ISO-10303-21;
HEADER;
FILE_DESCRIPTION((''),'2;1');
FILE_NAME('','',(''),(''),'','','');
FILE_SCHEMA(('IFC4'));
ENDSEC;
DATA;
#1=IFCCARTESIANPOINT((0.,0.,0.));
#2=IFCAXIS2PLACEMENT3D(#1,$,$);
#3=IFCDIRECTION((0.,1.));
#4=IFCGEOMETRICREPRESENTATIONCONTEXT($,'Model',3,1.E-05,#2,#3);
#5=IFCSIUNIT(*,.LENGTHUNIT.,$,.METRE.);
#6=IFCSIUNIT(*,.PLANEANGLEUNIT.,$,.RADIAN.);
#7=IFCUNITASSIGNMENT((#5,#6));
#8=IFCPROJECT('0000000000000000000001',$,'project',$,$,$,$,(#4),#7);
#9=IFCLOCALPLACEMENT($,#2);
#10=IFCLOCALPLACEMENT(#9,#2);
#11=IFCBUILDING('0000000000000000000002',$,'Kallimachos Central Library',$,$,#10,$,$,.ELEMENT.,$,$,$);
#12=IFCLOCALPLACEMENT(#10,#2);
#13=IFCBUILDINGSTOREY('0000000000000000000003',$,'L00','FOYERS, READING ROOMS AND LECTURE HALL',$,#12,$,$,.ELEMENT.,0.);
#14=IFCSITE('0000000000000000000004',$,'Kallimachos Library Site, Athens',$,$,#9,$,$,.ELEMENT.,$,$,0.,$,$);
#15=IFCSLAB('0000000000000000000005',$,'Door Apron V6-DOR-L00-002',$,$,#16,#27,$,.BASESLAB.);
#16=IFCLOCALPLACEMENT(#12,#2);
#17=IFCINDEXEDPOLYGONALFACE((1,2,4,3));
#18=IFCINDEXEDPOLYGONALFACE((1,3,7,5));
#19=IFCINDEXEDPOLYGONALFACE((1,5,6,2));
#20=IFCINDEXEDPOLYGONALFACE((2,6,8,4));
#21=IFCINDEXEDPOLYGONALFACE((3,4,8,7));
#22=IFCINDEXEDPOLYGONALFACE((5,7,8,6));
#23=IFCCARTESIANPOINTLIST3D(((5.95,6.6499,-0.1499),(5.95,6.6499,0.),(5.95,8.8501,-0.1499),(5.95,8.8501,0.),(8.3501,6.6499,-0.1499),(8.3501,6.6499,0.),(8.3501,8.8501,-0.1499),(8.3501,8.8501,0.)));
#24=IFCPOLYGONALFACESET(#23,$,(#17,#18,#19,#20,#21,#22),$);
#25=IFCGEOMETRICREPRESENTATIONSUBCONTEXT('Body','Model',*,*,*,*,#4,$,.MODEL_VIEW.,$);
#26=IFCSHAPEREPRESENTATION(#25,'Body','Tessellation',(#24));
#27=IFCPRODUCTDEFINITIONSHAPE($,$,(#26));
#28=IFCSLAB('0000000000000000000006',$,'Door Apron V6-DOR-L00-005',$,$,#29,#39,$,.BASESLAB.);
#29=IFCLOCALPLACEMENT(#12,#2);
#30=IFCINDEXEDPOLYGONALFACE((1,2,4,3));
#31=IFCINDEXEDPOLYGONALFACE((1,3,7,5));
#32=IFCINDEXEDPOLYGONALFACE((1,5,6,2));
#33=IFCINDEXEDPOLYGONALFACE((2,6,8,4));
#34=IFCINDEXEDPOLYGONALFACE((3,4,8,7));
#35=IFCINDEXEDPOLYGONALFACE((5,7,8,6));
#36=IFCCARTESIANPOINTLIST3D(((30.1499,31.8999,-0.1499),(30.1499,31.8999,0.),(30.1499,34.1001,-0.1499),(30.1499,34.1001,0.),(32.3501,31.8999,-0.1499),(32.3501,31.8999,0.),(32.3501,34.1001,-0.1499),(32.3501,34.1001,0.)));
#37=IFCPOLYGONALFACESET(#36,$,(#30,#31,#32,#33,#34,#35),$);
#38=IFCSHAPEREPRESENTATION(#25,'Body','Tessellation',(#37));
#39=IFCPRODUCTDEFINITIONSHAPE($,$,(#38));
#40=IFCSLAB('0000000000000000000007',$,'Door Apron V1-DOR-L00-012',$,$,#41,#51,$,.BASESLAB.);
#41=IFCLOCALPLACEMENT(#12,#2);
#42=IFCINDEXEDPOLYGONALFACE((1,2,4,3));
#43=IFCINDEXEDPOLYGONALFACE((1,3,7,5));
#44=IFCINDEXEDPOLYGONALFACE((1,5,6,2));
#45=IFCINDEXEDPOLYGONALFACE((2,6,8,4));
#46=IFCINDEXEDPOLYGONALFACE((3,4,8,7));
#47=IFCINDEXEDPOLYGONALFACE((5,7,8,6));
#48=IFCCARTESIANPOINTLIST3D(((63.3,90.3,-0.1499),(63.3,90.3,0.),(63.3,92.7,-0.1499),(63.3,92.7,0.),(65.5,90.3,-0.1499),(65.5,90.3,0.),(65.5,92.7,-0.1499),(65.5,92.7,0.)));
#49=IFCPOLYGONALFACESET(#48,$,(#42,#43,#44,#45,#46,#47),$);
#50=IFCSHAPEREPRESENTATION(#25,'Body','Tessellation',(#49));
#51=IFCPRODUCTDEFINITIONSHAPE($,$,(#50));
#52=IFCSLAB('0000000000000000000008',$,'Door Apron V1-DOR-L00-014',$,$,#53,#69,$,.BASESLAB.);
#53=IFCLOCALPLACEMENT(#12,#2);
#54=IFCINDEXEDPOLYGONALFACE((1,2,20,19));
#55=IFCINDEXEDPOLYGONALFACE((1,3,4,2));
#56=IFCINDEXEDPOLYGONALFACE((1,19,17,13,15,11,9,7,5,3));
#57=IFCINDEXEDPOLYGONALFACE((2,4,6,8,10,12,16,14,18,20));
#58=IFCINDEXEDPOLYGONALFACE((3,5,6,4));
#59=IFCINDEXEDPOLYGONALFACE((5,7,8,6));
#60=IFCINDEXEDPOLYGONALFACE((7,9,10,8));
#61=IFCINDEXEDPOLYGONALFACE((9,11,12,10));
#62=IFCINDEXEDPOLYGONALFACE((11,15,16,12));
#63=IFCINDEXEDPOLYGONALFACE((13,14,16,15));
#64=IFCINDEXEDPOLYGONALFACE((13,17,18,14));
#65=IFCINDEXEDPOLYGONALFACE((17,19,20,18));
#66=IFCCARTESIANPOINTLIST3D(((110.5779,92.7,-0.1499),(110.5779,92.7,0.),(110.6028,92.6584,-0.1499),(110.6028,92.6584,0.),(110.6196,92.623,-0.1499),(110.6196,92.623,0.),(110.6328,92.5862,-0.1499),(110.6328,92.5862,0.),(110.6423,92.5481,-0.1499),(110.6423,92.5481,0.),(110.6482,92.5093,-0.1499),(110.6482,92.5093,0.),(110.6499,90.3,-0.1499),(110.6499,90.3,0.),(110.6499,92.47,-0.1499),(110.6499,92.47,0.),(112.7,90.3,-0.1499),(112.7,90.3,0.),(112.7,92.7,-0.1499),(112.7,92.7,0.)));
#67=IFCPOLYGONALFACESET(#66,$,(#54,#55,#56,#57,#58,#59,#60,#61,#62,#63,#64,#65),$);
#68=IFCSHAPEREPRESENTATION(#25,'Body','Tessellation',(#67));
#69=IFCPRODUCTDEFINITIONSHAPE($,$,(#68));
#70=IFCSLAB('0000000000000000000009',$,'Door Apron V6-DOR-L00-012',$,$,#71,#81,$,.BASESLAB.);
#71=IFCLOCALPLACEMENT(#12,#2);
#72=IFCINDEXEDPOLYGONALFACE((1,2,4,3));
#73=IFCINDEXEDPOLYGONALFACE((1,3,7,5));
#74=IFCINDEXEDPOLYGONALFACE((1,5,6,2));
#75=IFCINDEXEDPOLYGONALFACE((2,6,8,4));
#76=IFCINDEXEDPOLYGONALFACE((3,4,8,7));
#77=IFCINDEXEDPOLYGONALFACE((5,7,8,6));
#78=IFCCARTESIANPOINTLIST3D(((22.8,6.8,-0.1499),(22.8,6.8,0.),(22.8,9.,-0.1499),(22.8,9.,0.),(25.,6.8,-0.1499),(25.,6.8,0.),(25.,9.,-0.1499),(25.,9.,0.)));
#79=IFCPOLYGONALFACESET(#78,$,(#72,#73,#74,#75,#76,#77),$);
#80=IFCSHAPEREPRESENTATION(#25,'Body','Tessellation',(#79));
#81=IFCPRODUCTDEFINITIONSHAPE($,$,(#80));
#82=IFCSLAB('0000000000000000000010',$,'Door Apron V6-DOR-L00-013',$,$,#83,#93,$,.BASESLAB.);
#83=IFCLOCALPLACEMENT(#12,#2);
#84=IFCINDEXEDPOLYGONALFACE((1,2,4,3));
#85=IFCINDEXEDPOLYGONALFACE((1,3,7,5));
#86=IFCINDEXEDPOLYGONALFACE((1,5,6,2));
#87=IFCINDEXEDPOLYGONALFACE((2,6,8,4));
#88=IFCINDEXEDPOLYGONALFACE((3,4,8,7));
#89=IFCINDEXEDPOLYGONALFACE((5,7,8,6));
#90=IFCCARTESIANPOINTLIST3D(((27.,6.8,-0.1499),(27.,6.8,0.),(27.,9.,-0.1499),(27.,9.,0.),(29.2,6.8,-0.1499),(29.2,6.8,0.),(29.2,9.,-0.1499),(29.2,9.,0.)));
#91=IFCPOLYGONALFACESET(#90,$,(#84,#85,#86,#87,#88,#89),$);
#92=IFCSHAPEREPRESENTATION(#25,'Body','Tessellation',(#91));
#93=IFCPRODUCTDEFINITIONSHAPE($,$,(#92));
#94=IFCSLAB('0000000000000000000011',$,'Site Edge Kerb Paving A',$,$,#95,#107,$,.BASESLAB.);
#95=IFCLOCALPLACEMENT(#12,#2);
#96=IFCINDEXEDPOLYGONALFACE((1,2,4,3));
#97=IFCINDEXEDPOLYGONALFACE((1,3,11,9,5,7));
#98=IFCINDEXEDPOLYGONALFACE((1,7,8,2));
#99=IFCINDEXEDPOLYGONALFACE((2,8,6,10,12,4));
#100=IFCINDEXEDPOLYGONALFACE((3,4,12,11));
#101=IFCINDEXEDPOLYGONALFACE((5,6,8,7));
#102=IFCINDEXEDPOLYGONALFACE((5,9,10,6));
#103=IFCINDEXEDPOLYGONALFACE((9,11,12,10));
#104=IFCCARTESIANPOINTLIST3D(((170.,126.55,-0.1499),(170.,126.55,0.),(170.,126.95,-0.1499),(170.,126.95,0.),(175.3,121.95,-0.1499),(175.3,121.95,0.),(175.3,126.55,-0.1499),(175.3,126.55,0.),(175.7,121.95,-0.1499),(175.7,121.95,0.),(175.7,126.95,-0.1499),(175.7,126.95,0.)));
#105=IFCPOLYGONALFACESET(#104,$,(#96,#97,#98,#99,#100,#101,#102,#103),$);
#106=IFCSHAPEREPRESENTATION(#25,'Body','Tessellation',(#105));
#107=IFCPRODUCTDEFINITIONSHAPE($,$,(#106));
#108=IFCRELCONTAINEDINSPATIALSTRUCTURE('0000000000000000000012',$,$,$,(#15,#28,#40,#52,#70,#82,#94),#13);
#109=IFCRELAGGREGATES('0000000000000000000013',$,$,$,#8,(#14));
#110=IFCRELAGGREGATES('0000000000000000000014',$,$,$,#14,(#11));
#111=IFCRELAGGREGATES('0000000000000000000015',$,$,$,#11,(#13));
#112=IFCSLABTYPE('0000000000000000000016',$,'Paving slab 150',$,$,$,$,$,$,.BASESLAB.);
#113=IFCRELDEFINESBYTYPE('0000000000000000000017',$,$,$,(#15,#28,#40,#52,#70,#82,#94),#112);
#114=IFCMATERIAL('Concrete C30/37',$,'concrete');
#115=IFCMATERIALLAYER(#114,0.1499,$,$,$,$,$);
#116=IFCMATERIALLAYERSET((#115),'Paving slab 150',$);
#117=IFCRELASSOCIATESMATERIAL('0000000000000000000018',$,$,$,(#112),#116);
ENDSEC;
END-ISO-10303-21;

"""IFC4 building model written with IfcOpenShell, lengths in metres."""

from ifc_helpers import new_model, si_unit, direction, frame, origin, place, context, subcontext, project, spatial, polyline, outline, extrude, material, layer, layer_set, type_object, element, save


model = new_model("IFC4")

# Units and contexts
model_context = context("Model", 3, precision=1e-05, world=origin(), true_north=direction((0.0, 1.0)))
body_context = subcontext(model_context, "Body", "Model", "MODEL_VIEW")
ifc_project = project(units=[si_unit("LENGTHUNIT", "METRE"), si_unit("PLANEANGLEUNIT", "RADIAN")], contexts=[model_context])

# Site, building, storey
site_placement = place(None, origin())
site = spatial("IfcSite", under=ifc_project, at=site_placement, Name="Kallimachos Library Site, Athens", CompositionType="ELEMENT", RefElevation=0.0)
building_placement = place(site_placement, origin())
building = spatial("IfcBuilding", under=site, at=building_placement, Name="Kallimachos Central Library", CompositionType="ELEMENT")
storey_placement = place(building_placement, origin())
storey = spatial("IfcBuildingStorey", under=building, at=storey_placement, Name="L00", Description="FOYERS, READING ROOMS AND LECTURE HALL", CompositionType="ELEMENT", Elevation=0.0)

# Slabs
ifc_material = material(Name="Concrete C30/37", Category="concrete")
ifc_layer = layer(ifc_material, 0.1499)
ifc_layer_set = layer_set([ifc_layer], Name="Paving slab 150")
slab_type = type_object("IfcSlabType", Name="Paving slab 150", PredefinedType="BASESLAB", material=ifc_layer_set)
slab_1_placement = place(storey_placement, frame((0.0, 0.0, -0.1499)))
element("IfcSlab", 1, at=slab_1_placement, inside=storey, type_object=slab_type, Name="Door Apron V6-DOR-L00-002", PredefinedType="BASESLAB", context=body_context, shape_type="SweptSolid", body=[
    extrude(outline(polyline([(8.3501, 6.6499), (5.95, 6.6499), (5.95, 8.8501), (8.3501, 8.8501), (8.3501, 6.6499)])), origin(), (0.0, 0.0, 1.0), 0.1499),
])
slab_2_placement = place(storey_placement, frame((0.0, 0.0, -0.1499)))
element("IfcSlab", 2, at=slab_2_placement, inside=storey, type_object=slab_type, Name="Door Apron V6-DOR-L00-005", PredefinedType="BASESLAB", context=body_context, shape_type="SweptSolid", body=[
    extrude(outline(polyline([(32.3501, 34.1001), (32.3501, 31.8999), (30.1499, 31.8999), (30.1499, 34.1001), (32.3501, 34.1001)])), origin(), (0.0, 0.0, 1.0), 0.1499),
])
slab_3_placement = place(storey_placement, frame((0.0, 0.0, -0.1499)))
element("IfcSlab", 3, at=slab_3_placement, inside=storey, type_object=slab_type, Name="Door Apron V1-DOR-L00-012", PredefinedType="BASESLAB", context=body_context, shape_type="SweptSolid", body=[
    extrude(outline(polyline([(63.3, 92.7), (65.5, 92.7), (65.5, 90.3), (63.3, 90.3), (63.3, 92.7)])), origin(), (0.0, 0.0, 1.0), 0.1499),
])
slab_4_placement = place(storey_placement, frame((0.0, 0.0, -0.1499)))
element("IfcSlab", 4, at=slab_4_placement, inside=storey, type_object=slab_type, Name="Door Apron V1-DOR-L00-014", PredefinedType="BASESLAB", context=body_context, shape_type="SweptSolid", body=[
    extrude(outline(polyline([(110.5779, 92.7), (112.7, 92.7), (112.7, 90.3), (110.6499, 90.3), (110.6499, 92.47), (110.6482, 92.5093), (110.6423, 92.5481), (110.6328, 92.5862), (110.6196, 92.623), (110.6028, 92.6584), (110.5779, 92.7)])), origin(), (0.0, 0.0, 1.0), 0.1499),
])
slab_5_placement = place(storey_placement, frame((0.0, 0.0, -0.1499)))
element("IfcSlab", 5, at=slab_5_placement, inside=storey, type_object=slab_type, Name="Door Apron V6-DOR-L00-012", PredefinedType="BASESLAB", context=body_context, shape_type="SweptSolid", body=[
    extrude(outline(polyline([(25.0, 6.8), (22.8, 6.8), (22.8, 9.0), (25.0, 9.0), (25.0, 6.8)])), origin(), (0.0, 0.0, 1.0), 0.1499),
])
slab_6_placement = place(storey_placement, frame((0.0, 0.0, -0.1499)))
element("IfcSlab", 6, at=slab_6_placement, inside=storey, type_object=slab_type, Name="Door Apron V6-DOR-L00-013", PredefinedType="BASESLAB", context=body_context, shape_type="SweptSolid", body=[
    extrude(outline(polyline([(29.2, 6.8), (27.0, 6.8), (27.0, 9.0), (29.2, 9.0), (29.2, 6.8)])), origin(), (0.0, 0.0, 1.0), 0.1499),
])
slab_7_placement = place(storey_placement, frame((0.0, 0.0, -0.1499)))
element("IfcSlab", 7, at=slab_7_placement, inside=storey, type_object=slab_type, Name="Site Edge Kerb Paving A", PredefinedType="BASESLAB", context=body_context, shape_type="SweptSolid", body=[
    extrude(outline(polyline([(175.7, 126.95), (175.7, 121.95), (175.3, 121.95), (175.3, 126.55), (170.0, 126.55), (170.0, 126.95), (175.7, 126.95)])), origin(), (0.0, 0.0, 1.0), 0.1499),
])

save(model, "model.ifc")
